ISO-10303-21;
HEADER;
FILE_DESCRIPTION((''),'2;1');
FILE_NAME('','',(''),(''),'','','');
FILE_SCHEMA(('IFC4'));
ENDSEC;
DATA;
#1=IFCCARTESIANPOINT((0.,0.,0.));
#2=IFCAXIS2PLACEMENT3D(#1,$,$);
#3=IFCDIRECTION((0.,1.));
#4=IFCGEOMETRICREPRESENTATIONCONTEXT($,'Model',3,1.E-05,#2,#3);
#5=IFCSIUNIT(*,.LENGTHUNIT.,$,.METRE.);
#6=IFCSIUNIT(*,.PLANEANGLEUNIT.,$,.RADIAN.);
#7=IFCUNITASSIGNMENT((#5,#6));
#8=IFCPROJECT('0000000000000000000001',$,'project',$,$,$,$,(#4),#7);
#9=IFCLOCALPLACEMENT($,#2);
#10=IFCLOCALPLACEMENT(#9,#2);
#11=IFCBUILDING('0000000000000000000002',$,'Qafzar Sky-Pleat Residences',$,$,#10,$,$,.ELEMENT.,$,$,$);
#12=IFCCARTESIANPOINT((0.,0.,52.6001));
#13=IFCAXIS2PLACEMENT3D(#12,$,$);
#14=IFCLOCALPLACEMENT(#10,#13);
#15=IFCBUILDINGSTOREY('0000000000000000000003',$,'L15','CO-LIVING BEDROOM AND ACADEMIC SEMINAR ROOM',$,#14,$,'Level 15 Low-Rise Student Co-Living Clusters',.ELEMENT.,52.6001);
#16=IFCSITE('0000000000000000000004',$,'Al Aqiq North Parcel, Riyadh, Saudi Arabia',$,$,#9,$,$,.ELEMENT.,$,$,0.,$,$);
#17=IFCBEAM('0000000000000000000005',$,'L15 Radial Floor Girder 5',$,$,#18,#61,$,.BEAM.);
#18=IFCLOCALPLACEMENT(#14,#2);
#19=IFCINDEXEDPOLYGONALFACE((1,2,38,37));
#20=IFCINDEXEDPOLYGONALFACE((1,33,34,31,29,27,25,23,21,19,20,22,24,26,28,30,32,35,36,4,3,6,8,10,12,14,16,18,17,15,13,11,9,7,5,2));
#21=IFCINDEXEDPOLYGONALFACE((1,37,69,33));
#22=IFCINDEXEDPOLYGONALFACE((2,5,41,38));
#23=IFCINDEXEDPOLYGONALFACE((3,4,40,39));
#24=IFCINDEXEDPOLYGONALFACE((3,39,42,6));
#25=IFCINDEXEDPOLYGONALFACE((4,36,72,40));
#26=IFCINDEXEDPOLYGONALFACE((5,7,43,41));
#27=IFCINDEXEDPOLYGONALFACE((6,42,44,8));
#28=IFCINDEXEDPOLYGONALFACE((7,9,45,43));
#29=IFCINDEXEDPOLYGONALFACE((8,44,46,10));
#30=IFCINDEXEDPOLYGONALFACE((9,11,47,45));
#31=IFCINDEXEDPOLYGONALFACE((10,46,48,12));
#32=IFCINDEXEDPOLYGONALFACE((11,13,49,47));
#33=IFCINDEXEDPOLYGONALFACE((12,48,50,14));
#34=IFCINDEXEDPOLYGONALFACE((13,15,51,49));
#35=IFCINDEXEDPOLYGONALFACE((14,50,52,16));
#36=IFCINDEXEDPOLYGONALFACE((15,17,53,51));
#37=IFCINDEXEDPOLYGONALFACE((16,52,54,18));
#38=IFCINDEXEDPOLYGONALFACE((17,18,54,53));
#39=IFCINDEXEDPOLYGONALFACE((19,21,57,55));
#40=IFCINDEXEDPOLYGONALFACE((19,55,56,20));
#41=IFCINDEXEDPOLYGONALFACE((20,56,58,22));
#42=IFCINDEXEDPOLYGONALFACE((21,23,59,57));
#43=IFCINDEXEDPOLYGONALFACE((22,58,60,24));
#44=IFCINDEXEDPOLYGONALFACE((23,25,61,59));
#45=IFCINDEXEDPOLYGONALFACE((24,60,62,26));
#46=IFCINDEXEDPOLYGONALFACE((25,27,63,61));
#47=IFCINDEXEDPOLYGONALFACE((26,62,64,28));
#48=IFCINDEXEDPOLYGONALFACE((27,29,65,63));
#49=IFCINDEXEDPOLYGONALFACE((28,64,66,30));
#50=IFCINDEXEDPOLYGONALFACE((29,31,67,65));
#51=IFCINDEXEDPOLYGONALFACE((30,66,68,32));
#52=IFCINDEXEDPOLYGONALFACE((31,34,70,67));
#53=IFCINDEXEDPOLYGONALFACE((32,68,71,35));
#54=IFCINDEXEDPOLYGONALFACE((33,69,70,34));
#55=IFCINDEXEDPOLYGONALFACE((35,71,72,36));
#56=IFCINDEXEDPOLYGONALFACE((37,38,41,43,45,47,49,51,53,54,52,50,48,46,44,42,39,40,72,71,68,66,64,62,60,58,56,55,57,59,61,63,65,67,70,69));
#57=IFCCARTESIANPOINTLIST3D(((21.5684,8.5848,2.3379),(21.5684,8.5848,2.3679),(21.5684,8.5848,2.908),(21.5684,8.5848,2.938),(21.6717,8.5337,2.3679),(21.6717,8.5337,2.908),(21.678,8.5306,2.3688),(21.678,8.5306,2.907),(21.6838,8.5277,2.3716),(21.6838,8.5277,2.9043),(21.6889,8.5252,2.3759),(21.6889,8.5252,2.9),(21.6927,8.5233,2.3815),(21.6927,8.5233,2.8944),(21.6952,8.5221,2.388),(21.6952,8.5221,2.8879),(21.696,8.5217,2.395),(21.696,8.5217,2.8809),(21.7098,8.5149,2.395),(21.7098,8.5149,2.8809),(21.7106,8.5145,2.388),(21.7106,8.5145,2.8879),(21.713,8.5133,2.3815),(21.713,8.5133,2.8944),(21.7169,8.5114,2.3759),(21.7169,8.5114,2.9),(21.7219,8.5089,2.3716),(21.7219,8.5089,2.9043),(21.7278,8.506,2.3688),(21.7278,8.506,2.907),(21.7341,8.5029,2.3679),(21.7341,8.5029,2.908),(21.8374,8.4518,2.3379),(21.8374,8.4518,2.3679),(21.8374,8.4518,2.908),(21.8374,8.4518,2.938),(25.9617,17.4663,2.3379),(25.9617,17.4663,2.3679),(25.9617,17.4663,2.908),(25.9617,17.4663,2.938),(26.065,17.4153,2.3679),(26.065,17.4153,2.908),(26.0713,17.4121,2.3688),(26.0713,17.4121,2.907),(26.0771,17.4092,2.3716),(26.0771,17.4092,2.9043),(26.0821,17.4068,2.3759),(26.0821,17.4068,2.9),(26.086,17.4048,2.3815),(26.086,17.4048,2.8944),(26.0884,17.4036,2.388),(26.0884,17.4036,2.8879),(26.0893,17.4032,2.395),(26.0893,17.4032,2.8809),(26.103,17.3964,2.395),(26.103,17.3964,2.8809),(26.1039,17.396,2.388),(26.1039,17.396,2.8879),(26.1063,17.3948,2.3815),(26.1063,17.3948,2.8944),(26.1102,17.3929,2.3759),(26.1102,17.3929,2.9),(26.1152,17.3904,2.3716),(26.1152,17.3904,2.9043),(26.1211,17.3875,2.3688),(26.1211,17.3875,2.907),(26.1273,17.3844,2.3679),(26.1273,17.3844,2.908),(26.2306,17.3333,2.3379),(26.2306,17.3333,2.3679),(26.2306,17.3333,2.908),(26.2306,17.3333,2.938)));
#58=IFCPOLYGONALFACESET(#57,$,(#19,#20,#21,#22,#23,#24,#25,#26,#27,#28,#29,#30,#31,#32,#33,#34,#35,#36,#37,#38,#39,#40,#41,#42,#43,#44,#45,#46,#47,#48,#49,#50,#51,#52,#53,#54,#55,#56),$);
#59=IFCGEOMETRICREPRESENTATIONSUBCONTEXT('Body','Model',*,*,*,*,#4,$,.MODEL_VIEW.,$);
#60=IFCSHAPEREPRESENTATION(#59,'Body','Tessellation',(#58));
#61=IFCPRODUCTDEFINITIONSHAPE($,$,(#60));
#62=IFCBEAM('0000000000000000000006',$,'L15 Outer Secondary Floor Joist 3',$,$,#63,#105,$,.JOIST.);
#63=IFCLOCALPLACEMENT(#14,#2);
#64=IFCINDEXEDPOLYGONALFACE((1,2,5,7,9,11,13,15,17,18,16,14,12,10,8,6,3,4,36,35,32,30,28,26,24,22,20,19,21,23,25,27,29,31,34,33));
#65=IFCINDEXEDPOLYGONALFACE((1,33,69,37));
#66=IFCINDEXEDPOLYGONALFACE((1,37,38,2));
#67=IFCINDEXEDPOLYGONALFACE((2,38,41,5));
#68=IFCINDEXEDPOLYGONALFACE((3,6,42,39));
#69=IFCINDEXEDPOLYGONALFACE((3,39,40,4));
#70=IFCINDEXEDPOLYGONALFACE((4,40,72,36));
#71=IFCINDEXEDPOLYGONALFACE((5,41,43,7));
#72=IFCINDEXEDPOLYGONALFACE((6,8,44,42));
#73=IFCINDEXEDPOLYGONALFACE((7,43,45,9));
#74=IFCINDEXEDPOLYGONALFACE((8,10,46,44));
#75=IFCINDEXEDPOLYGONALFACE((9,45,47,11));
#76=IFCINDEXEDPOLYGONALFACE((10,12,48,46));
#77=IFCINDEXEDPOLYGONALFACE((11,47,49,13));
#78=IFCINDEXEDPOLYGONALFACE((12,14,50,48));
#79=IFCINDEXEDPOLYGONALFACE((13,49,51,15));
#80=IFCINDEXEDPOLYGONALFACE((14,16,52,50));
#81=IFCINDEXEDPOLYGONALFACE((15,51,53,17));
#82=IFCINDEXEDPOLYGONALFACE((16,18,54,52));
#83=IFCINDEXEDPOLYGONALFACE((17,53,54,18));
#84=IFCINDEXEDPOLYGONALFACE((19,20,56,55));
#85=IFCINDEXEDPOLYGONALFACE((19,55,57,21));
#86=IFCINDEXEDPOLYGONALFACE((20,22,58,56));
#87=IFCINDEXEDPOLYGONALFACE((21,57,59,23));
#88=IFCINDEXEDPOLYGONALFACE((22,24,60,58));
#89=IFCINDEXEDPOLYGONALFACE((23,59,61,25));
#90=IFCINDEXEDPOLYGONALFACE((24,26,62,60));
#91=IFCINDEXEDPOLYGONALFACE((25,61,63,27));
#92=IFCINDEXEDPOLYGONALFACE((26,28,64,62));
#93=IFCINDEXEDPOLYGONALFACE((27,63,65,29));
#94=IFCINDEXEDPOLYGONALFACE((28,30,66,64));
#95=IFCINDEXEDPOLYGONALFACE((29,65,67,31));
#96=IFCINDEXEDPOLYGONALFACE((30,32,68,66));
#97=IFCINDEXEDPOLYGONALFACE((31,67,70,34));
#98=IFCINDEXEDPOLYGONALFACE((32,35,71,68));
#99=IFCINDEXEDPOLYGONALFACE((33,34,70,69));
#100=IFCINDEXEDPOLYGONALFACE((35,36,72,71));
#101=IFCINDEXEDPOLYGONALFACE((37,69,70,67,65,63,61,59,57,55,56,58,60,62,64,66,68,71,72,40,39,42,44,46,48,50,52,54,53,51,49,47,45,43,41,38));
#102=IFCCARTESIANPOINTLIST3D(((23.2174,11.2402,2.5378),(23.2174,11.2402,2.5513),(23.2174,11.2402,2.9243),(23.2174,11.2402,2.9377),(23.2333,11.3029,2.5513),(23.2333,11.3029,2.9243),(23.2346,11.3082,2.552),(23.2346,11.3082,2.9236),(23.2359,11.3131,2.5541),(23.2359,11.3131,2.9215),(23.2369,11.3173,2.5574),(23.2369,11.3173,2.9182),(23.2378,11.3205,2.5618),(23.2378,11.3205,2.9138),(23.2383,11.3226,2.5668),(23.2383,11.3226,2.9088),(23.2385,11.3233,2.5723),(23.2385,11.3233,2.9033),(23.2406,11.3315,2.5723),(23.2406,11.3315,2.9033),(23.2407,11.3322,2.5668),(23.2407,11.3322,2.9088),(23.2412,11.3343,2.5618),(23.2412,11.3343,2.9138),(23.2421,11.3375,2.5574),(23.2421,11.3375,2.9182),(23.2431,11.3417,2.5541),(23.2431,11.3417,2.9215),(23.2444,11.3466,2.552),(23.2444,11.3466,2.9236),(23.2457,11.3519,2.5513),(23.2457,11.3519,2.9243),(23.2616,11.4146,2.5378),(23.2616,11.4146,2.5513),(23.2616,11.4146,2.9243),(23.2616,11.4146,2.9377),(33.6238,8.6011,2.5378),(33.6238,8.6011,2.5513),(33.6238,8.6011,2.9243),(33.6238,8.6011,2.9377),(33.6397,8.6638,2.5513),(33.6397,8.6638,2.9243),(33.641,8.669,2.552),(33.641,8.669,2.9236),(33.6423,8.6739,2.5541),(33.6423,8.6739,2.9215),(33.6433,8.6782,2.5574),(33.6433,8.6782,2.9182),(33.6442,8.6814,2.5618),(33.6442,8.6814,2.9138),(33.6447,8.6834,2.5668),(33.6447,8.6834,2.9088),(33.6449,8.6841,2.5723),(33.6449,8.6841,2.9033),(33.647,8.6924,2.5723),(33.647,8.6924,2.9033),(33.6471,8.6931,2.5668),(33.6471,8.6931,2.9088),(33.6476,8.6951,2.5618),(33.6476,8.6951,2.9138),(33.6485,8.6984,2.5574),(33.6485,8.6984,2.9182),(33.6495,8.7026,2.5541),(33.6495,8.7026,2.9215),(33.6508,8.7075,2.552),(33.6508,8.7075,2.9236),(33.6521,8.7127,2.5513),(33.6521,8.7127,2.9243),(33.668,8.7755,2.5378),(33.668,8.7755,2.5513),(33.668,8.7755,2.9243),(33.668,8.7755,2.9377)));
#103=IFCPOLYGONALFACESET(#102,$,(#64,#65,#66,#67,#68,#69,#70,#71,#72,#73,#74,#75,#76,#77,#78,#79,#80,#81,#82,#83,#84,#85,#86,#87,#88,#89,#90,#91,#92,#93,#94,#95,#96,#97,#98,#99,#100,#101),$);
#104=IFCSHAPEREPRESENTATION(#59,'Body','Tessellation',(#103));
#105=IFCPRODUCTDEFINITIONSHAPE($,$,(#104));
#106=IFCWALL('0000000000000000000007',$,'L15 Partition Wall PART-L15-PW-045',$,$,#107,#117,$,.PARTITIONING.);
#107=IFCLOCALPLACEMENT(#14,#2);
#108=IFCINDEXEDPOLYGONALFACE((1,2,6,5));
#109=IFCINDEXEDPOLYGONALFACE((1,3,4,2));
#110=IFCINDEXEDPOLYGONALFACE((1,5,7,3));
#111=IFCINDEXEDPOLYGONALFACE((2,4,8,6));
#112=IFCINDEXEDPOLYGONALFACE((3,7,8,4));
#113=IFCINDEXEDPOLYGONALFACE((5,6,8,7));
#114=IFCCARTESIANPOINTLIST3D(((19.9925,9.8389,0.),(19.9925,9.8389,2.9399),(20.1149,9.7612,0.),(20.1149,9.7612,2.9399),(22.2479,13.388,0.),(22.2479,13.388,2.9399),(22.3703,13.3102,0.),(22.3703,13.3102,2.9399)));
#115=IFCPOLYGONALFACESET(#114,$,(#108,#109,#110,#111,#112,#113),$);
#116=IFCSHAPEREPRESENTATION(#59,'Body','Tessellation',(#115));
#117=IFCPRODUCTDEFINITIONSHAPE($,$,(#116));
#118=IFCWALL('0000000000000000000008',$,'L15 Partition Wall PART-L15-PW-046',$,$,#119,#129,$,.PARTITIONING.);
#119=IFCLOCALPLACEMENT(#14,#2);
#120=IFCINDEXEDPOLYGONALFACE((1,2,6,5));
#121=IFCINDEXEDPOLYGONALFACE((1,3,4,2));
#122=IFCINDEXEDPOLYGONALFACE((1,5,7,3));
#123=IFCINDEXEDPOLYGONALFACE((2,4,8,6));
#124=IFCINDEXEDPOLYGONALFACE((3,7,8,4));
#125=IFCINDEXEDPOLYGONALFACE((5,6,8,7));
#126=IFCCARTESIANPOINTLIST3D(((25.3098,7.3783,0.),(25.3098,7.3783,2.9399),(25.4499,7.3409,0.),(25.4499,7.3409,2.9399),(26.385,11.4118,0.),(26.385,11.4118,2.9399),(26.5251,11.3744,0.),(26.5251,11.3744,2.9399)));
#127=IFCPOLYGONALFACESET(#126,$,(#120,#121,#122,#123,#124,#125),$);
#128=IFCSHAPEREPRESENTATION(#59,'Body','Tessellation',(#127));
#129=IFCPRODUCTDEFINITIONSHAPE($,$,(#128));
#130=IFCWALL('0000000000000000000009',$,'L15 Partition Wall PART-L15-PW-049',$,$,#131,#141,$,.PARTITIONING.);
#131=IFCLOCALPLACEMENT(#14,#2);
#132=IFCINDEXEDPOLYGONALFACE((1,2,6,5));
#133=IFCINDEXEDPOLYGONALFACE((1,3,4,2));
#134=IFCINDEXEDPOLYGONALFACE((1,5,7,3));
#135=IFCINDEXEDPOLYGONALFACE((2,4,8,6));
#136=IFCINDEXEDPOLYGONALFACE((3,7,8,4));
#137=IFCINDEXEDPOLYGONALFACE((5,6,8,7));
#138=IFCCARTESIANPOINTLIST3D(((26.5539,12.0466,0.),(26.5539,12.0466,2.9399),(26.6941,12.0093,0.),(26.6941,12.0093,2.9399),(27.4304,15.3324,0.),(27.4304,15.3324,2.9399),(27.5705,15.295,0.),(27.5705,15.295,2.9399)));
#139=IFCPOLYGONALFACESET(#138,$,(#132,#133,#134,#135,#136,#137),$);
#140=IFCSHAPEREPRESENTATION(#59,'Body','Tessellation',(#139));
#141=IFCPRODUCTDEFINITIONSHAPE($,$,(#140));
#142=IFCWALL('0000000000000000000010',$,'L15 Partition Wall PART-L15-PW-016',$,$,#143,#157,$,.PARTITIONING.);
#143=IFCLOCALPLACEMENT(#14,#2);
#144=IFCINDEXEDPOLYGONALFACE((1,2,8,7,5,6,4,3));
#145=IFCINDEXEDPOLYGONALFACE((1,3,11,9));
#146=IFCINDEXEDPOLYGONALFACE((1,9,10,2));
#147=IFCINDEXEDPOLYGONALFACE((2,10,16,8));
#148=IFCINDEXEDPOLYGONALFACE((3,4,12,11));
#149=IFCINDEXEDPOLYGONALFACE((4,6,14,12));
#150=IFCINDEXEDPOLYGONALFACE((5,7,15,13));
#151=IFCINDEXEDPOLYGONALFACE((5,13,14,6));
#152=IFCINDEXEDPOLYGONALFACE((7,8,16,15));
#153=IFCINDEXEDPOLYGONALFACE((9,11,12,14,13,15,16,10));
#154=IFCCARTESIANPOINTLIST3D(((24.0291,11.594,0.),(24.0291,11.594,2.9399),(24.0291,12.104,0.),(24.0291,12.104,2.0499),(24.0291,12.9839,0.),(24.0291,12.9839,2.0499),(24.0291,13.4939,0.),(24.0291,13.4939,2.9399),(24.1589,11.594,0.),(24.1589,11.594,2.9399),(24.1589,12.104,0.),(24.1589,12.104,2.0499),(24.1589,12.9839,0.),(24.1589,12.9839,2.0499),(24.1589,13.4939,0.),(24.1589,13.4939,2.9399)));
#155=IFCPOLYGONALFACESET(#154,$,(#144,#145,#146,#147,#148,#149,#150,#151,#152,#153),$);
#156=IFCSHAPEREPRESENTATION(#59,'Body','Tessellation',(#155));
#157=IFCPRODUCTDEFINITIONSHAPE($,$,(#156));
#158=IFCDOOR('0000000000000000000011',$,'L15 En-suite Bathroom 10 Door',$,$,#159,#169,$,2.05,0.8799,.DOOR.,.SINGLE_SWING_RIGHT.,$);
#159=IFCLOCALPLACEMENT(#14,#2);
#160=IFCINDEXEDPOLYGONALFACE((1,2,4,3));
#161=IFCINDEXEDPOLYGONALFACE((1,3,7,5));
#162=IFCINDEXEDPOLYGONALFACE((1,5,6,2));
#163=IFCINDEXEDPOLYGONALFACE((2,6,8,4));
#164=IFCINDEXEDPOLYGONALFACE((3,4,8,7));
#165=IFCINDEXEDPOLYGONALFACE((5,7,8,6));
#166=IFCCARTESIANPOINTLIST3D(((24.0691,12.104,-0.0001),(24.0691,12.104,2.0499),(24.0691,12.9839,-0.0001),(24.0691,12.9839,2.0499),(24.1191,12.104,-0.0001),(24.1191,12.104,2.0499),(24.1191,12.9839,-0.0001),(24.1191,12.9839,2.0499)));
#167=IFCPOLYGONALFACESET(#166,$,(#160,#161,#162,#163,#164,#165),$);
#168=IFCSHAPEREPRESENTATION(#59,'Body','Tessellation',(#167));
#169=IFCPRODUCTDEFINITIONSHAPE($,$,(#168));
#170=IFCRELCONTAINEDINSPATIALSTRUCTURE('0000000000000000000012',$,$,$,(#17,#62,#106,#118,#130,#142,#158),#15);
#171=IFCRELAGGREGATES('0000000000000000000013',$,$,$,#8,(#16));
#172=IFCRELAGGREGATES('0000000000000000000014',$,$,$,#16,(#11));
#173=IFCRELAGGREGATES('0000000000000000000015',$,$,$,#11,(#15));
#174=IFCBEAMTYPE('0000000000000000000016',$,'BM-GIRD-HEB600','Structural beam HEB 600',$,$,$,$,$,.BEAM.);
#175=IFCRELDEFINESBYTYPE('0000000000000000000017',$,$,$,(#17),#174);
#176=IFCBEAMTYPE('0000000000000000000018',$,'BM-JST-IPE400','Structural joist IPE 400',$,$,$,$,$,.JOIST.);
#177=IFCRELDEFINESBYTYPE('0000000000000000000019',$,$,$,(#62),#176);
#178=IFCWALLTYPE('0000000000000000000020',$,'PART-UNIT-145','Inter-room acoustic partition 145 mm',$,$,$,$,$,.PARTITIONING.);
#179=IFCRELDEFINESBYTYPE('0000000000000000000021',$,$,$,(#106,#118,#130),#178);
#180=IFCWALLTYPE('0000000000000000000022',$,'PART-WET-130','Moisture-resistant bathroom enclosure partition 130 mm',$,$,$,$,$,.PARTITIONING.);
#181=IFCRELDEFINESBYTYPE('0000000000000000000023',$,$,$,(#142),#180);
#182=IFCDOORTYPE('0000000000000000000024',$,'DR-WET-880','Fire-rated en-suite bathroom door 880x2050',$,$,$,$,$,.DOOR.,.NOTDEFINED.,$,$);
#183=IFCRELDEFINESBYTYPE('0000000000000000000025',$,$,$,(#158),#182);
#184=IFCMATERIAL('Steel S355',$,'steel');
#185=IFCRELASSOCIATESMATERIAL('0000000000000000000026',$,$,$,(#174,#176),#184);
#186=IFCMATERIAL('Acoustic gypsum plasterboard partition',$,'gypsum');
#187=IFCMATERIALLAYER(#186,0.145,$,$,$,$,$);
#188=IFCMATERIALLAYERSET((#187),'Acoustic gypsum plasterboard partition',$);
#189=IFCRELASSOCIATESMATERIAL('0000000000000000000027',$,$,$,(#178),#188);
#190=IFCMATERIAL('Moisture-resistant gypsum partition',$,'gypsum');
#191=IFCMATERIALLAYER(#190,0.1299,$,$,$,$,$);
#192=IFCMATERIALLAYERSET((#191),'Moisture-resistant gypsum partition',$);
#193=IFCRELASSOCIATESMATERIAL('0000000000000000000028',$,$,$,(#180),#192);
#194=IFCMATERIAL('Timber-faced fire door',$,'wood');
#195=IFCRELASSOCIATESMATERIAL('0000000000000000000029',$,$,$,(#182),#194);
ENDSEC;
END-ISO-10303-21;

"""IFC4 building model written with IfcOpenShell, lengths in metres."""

from ifc_helpers import new_model, si_unit, direction, frame, frame_2d, origin, origin_2d, place, context, subcontext, project, spatial, rectangle, i_section, extrude, source, transform, mapped, material, layer, layer_set, material_profile, profile_set, type_object, element, fill, save


model = new_model("IFC4")

# Units and contexts
model_context = context("Model", 3, precision=1e-05, world=origin(), true_north=direction((0.0, 1.0)))
body_context = subcontext(model_context, "Body", "Model", "MODEL_VIEW")
ifc_project = project(units=[si_unit("LENGTHUNIT", "METRE"), si_unit("PLANEANGLEUNIT", "RADIAN")], contexts=[model_context])

# Site, building, storey
site_placement = place(None, origin())
site = spatial("IfcSite", under=ifc_project, at=site_placement, Name="Al Aqiq North Parcel, Riyadh, Saudi Arabia", CompositionType="ELEMENT", RefElevation=0.0)
building_placement = place(site_placement, origin())
building = spatial("IfcBuilding", under=site, at=building_placement, Name="Qafzar Sky-Pleat Residences", CompositionType="ELEMENT")
storey_placement = place(building_placement, frame((0.0, 0.0, 52.6001)))
storey = spatial("IfcBuildingStorey", under=building, at=storey_placement, Name="L15", Description="CO-LIVING BEDROOM AND ACADEMIC SEMINAR ROOM", LongName="Level 15 Low-Rise Student Co-Living Clusters", CompositionType="ELEMENT", Elevation=52.6001)

# Beams
ifc_material_1 = material(Name="Steel S355", Category="steel")
ifc_material_profile_1 = material_profile(ifc_material_1, i_section(OverallWidth=0.3, OverallDepth=0.6001, WebThickness=0.0154, FlangeThickness=0.03, FilletRadius=0.0271, at=origin_2d()), Name="HEB 600")
ifc_profile_set_1 = profile_set([ifc_material_profile_1], Name="Steel S355")
beam_type_1 = type_object("IfcBeamType", Name="BM-GIRD-HEB600", Description="Structural beam HEB 600", PredefinedType="BEAM", material=ifc_profile_set_1)
shared_shape_1 = source(origin(), body_context, "Body", "SweptSolid", [
    extrude(i_section(OverallWidth=0.3, OverallDepth=0.6001, WebThickness=0.0154, FlangeThickness=0.03, FilletRadius=0.0271, at=origin_2d()), origin(), (0.0, 0.0, 1.0), 9.9087),
])
beam_1_placement = place(storey_placement, frame((21.7029, 8.5183, 2.6379), z_axis=(0.443376, 0.896336, 0.0), x_axis=(-0.896336, 0.443376, 0.0)))
element("IfcBeam", 1, at=beam_1_placement, inside=storey, type_object=beam_type_1, Name="L15 Radial Floor Girder 5", PredefinedType="BEAM", context=body_context, shape_type="MappedRepresentation", body=[
    mapped(shared_shape_1, transform((0.0, 0.0, 0.0), x_axis=(1.0, 0.0, 0.0), y_axis=(0.0, 1.0, 0.0), z_axis=(0.0, 0.0, 1.0), scale=1.0)),
])
ifc_material_profile_2 = material_profile(ifc_material_1, i_section(OverallWidth=0.1799, OverallDepth=0.3999, WebThickness=0.0085, FlangeThickness=0.0134, FilletRadius=0.021, at=origin_2d()), Name="IPE 400")
ifc_profile_set_2 = profile_set([ifc_material_profile_2], Name="Steel S355")
beam_type_2 = type_object("IfcBeamType", Name="BM-JST-IPE400", Description="Structural joist IPE 400", PredefinedType="JOIST", material=ifc_profile_set_2)
shared_shape_2 = source(origin(), body_context, "Body", "SweptSolid", [
    extrude(i_section(OverallWidth=0.1799, OverallDepth=0.3999, WebThickness=0.0085, FlangeThickness=0.0134, FilletRadius=0.021, at=origin_2d()), origin(), (0.0, 0.0, 1.0), 10.7358),
])
beam_2_placement = place(storey_placement, frame((23.2395, 11.3274, 2.7378), z_axis=(0.969314, -0.245825, 0.0), x_axis=(0.245825, 0.969314, 0.0)))
element("IfcBeam", 2, at=beam_2_placement, inside=storey, type_object=beam_type_2, Name="L15 Outer Secondary Floor Joist 3", PredefinedType="JOIST", context=body_context, shape_type="MappedRepresentation", body=[
    mapped(shared_shape_2, transform((0.0, 0.0, 0.0), x_axis=(1.0, 0.0, 0.0), y_axis=(0.0, 1.0, 0.0), z_axis=(0.0, 0.0, 1.0), scale=1.0)),
])

# Walls
ifc_material_2 = material(Name="Acoustic gypsum plasterboard partition", Category="gypsum")
ifc_layer_1 = layer(ifc_material_2, 0.145)
ifc_layer_set_1 = layer_set([ifc_layer_1], Name="Acoustic gypsum plasterboard partition")
wall_type_1 = type_object("IfcWallType", Name="PART-UNIT-145", Description="Inter-room acoustic partition 145 mm", PredefinedType="PARTITIONING", material=ifc_layer_set_1)
wall_1_placement = place(storey_placement, frame((20.0537, 9.8, 0.0), z_axis=(0.0, 0.0, 1.0), x_axis=(0.536346, 0.843998, 0.0)))
element("IfcWall", 3, at=wall_1_placement, inside=storey, type_object=wall_type_1, Name="L15 Partition Wall PART-L15-PW-045", PredefinedType="PARTITIONING", context=body_context, shape_type="SweptSolid", body=[
    extrude(rectangle(XDim=4.2051, YDim=0.145, at=frame_2d((2.1025, 0.0))), origin(), (0.0, 0.0, 1.0), 2.9399),
])
wall_2_placement = place(storey_placement, frame((25.3799, 7.3596, 0.0), z_axis=(0.0, 0.0, 1.0), x_axis=(0.257575, 0.966258, 0.0)))
element("IfcWall", 4, at=wall_2_placement, inside=storey, type_object=wall_type_1, Name="L15 Partition Wall PART-L15-PW-046", PredefinedType="PARTITIONING", context=body_context, shape_type="SweptSolid", body=[
    extrude(rectangle(XDim=4.1743, YDim=0.145, at=frame_2d((2.0872, 0.0))), origin(), (0.0, 0.0, 1.0), 2.9399),
])
wall_3_placement = place(storey_placement, frame((26.624, 12.0281, 0.0), z_axis=(0.0, 0.0, 1.0), x_axis=(0.257743, 0.966213, 0.0)))
element("IfcWall", 5, at=wall_3_placement, inside=storey, type_object=wall_type_1, Name="L15 Partition Wall PART-L15-PW-049", PredefinedType="PARTITIONING", context=body_context, shape_type="SweptSolid", body=[
    extrude(rectangle(XDim=3.4006, YDim=0.145, at=frame_2d((1.7002, 0.0))), origin(), (0.0, 0.0, 1.0), 2.9399),
])

# Wall, opening, door
ifc_material_3 = material(Name="Moisture-resistant gypsum partition", Category="gypsum")
ifc_layer_2 = layer(ifc_material_3, 0.1299)
ifc_layer_set_2 = layer_set([ifc_layer_2], Name="Moisture-resistant gypsum partition")
wall_type_2 = type_object("IfcWallType", Name="PART-WET-130", Description="Moisture-resistant bathroom enclosure partition 130 mm", PredefinedType="PARTITIONING", material=ifc_layer_set_2)
wall_4_placement = place(storey_placement, frame((24.094, 11.594, 0.0), z_axis=(0.0, 0.0, 1.0), x_axis=(0.0, 1.0, 0.0)))
wall_4 = element("IfcWall", 6, at=wall_4_placement, inside=storey, type_object=wall_type_2, Name="L15 Partition Wall PART-L15-PW-016", PredefinedType="PARTITIONING", context=body_context, shape_type="SweptSolid", body=[
    extrude(rectangle(XDim=1.8999, YDim=0.1299, at=frame_2d((0.95, 0.0))), origin(), (0.0, 0.0, 1.0), 2.9399),
])
opening_1_placement = place(wall_4_placement, frame((0.51, 0.0, 0.0)))
opening_1 = element("IfcOpeningElement", 7, at=opening_1_placement, cuts=wall_4, PredefinedType="OPENING", context=body_context, shape_type="SweptSolid", body=[
    extrude(rectangle(XDim=0.8799, YDim=2.05, at=frame_2d((0.4399, 1.0249))), frame((0.0, 0.075, 0.0), z_axis=(0.0, -1.0, 0.0), x_axis=(1.0, 0.0, 0.0)), (0.0, 0.0, 1.0), 0.1499),
])
ifc_material_4 = material(Name="Timber-faced fire door", Category="wood")
door_type = type_object("IfcDoorType", Name="DR-WET-880", Description="Fire-rated en-suite bathroom door 880x2050", OperationType="NOTDEFINED", PredefinedType="DOOR", material=ifc_material_4)
shared_shape_3 = source(origin(), body_context, "Body", "SweptSolid", [
    extrude(rectangle(XDim=0.8799, YDim=2.05, at=frame_2d((0.4399, 1.0249))), frame((0.0, 0.0249, 0.0), z_axis=(0.0, -1.0, 0.0), x_axis=(1.0, 0.0, 0.0)), (0.0, 0.0, 1.0), 0.05),
])
door_placement = place(opening_1_placement, origin())
door = element("IfcDoor", 8, at=door_placement, inside=storey, type_object=door_type, Name="L15 En-suite Bathroom 10 Door", OperationType="SINGLE_SWING_RIGHT", OverallHeight=2.05, OverallWidth=0.8799, PredefinedType="DOOR", context=body_context, shape_type="MappedRepresentation", body=[
    mapped(shared_shape_3, transform((0.0, 0.0, 0.0), x_axis=(1.0, 0.0, 0.0), y_axis=(0.0, 1.0, 0.0), z_axis=(0.0, 0.0, 1.0), scale=1.0)),
])
fill(opening_1, door)

save(model, "model.ifc")
